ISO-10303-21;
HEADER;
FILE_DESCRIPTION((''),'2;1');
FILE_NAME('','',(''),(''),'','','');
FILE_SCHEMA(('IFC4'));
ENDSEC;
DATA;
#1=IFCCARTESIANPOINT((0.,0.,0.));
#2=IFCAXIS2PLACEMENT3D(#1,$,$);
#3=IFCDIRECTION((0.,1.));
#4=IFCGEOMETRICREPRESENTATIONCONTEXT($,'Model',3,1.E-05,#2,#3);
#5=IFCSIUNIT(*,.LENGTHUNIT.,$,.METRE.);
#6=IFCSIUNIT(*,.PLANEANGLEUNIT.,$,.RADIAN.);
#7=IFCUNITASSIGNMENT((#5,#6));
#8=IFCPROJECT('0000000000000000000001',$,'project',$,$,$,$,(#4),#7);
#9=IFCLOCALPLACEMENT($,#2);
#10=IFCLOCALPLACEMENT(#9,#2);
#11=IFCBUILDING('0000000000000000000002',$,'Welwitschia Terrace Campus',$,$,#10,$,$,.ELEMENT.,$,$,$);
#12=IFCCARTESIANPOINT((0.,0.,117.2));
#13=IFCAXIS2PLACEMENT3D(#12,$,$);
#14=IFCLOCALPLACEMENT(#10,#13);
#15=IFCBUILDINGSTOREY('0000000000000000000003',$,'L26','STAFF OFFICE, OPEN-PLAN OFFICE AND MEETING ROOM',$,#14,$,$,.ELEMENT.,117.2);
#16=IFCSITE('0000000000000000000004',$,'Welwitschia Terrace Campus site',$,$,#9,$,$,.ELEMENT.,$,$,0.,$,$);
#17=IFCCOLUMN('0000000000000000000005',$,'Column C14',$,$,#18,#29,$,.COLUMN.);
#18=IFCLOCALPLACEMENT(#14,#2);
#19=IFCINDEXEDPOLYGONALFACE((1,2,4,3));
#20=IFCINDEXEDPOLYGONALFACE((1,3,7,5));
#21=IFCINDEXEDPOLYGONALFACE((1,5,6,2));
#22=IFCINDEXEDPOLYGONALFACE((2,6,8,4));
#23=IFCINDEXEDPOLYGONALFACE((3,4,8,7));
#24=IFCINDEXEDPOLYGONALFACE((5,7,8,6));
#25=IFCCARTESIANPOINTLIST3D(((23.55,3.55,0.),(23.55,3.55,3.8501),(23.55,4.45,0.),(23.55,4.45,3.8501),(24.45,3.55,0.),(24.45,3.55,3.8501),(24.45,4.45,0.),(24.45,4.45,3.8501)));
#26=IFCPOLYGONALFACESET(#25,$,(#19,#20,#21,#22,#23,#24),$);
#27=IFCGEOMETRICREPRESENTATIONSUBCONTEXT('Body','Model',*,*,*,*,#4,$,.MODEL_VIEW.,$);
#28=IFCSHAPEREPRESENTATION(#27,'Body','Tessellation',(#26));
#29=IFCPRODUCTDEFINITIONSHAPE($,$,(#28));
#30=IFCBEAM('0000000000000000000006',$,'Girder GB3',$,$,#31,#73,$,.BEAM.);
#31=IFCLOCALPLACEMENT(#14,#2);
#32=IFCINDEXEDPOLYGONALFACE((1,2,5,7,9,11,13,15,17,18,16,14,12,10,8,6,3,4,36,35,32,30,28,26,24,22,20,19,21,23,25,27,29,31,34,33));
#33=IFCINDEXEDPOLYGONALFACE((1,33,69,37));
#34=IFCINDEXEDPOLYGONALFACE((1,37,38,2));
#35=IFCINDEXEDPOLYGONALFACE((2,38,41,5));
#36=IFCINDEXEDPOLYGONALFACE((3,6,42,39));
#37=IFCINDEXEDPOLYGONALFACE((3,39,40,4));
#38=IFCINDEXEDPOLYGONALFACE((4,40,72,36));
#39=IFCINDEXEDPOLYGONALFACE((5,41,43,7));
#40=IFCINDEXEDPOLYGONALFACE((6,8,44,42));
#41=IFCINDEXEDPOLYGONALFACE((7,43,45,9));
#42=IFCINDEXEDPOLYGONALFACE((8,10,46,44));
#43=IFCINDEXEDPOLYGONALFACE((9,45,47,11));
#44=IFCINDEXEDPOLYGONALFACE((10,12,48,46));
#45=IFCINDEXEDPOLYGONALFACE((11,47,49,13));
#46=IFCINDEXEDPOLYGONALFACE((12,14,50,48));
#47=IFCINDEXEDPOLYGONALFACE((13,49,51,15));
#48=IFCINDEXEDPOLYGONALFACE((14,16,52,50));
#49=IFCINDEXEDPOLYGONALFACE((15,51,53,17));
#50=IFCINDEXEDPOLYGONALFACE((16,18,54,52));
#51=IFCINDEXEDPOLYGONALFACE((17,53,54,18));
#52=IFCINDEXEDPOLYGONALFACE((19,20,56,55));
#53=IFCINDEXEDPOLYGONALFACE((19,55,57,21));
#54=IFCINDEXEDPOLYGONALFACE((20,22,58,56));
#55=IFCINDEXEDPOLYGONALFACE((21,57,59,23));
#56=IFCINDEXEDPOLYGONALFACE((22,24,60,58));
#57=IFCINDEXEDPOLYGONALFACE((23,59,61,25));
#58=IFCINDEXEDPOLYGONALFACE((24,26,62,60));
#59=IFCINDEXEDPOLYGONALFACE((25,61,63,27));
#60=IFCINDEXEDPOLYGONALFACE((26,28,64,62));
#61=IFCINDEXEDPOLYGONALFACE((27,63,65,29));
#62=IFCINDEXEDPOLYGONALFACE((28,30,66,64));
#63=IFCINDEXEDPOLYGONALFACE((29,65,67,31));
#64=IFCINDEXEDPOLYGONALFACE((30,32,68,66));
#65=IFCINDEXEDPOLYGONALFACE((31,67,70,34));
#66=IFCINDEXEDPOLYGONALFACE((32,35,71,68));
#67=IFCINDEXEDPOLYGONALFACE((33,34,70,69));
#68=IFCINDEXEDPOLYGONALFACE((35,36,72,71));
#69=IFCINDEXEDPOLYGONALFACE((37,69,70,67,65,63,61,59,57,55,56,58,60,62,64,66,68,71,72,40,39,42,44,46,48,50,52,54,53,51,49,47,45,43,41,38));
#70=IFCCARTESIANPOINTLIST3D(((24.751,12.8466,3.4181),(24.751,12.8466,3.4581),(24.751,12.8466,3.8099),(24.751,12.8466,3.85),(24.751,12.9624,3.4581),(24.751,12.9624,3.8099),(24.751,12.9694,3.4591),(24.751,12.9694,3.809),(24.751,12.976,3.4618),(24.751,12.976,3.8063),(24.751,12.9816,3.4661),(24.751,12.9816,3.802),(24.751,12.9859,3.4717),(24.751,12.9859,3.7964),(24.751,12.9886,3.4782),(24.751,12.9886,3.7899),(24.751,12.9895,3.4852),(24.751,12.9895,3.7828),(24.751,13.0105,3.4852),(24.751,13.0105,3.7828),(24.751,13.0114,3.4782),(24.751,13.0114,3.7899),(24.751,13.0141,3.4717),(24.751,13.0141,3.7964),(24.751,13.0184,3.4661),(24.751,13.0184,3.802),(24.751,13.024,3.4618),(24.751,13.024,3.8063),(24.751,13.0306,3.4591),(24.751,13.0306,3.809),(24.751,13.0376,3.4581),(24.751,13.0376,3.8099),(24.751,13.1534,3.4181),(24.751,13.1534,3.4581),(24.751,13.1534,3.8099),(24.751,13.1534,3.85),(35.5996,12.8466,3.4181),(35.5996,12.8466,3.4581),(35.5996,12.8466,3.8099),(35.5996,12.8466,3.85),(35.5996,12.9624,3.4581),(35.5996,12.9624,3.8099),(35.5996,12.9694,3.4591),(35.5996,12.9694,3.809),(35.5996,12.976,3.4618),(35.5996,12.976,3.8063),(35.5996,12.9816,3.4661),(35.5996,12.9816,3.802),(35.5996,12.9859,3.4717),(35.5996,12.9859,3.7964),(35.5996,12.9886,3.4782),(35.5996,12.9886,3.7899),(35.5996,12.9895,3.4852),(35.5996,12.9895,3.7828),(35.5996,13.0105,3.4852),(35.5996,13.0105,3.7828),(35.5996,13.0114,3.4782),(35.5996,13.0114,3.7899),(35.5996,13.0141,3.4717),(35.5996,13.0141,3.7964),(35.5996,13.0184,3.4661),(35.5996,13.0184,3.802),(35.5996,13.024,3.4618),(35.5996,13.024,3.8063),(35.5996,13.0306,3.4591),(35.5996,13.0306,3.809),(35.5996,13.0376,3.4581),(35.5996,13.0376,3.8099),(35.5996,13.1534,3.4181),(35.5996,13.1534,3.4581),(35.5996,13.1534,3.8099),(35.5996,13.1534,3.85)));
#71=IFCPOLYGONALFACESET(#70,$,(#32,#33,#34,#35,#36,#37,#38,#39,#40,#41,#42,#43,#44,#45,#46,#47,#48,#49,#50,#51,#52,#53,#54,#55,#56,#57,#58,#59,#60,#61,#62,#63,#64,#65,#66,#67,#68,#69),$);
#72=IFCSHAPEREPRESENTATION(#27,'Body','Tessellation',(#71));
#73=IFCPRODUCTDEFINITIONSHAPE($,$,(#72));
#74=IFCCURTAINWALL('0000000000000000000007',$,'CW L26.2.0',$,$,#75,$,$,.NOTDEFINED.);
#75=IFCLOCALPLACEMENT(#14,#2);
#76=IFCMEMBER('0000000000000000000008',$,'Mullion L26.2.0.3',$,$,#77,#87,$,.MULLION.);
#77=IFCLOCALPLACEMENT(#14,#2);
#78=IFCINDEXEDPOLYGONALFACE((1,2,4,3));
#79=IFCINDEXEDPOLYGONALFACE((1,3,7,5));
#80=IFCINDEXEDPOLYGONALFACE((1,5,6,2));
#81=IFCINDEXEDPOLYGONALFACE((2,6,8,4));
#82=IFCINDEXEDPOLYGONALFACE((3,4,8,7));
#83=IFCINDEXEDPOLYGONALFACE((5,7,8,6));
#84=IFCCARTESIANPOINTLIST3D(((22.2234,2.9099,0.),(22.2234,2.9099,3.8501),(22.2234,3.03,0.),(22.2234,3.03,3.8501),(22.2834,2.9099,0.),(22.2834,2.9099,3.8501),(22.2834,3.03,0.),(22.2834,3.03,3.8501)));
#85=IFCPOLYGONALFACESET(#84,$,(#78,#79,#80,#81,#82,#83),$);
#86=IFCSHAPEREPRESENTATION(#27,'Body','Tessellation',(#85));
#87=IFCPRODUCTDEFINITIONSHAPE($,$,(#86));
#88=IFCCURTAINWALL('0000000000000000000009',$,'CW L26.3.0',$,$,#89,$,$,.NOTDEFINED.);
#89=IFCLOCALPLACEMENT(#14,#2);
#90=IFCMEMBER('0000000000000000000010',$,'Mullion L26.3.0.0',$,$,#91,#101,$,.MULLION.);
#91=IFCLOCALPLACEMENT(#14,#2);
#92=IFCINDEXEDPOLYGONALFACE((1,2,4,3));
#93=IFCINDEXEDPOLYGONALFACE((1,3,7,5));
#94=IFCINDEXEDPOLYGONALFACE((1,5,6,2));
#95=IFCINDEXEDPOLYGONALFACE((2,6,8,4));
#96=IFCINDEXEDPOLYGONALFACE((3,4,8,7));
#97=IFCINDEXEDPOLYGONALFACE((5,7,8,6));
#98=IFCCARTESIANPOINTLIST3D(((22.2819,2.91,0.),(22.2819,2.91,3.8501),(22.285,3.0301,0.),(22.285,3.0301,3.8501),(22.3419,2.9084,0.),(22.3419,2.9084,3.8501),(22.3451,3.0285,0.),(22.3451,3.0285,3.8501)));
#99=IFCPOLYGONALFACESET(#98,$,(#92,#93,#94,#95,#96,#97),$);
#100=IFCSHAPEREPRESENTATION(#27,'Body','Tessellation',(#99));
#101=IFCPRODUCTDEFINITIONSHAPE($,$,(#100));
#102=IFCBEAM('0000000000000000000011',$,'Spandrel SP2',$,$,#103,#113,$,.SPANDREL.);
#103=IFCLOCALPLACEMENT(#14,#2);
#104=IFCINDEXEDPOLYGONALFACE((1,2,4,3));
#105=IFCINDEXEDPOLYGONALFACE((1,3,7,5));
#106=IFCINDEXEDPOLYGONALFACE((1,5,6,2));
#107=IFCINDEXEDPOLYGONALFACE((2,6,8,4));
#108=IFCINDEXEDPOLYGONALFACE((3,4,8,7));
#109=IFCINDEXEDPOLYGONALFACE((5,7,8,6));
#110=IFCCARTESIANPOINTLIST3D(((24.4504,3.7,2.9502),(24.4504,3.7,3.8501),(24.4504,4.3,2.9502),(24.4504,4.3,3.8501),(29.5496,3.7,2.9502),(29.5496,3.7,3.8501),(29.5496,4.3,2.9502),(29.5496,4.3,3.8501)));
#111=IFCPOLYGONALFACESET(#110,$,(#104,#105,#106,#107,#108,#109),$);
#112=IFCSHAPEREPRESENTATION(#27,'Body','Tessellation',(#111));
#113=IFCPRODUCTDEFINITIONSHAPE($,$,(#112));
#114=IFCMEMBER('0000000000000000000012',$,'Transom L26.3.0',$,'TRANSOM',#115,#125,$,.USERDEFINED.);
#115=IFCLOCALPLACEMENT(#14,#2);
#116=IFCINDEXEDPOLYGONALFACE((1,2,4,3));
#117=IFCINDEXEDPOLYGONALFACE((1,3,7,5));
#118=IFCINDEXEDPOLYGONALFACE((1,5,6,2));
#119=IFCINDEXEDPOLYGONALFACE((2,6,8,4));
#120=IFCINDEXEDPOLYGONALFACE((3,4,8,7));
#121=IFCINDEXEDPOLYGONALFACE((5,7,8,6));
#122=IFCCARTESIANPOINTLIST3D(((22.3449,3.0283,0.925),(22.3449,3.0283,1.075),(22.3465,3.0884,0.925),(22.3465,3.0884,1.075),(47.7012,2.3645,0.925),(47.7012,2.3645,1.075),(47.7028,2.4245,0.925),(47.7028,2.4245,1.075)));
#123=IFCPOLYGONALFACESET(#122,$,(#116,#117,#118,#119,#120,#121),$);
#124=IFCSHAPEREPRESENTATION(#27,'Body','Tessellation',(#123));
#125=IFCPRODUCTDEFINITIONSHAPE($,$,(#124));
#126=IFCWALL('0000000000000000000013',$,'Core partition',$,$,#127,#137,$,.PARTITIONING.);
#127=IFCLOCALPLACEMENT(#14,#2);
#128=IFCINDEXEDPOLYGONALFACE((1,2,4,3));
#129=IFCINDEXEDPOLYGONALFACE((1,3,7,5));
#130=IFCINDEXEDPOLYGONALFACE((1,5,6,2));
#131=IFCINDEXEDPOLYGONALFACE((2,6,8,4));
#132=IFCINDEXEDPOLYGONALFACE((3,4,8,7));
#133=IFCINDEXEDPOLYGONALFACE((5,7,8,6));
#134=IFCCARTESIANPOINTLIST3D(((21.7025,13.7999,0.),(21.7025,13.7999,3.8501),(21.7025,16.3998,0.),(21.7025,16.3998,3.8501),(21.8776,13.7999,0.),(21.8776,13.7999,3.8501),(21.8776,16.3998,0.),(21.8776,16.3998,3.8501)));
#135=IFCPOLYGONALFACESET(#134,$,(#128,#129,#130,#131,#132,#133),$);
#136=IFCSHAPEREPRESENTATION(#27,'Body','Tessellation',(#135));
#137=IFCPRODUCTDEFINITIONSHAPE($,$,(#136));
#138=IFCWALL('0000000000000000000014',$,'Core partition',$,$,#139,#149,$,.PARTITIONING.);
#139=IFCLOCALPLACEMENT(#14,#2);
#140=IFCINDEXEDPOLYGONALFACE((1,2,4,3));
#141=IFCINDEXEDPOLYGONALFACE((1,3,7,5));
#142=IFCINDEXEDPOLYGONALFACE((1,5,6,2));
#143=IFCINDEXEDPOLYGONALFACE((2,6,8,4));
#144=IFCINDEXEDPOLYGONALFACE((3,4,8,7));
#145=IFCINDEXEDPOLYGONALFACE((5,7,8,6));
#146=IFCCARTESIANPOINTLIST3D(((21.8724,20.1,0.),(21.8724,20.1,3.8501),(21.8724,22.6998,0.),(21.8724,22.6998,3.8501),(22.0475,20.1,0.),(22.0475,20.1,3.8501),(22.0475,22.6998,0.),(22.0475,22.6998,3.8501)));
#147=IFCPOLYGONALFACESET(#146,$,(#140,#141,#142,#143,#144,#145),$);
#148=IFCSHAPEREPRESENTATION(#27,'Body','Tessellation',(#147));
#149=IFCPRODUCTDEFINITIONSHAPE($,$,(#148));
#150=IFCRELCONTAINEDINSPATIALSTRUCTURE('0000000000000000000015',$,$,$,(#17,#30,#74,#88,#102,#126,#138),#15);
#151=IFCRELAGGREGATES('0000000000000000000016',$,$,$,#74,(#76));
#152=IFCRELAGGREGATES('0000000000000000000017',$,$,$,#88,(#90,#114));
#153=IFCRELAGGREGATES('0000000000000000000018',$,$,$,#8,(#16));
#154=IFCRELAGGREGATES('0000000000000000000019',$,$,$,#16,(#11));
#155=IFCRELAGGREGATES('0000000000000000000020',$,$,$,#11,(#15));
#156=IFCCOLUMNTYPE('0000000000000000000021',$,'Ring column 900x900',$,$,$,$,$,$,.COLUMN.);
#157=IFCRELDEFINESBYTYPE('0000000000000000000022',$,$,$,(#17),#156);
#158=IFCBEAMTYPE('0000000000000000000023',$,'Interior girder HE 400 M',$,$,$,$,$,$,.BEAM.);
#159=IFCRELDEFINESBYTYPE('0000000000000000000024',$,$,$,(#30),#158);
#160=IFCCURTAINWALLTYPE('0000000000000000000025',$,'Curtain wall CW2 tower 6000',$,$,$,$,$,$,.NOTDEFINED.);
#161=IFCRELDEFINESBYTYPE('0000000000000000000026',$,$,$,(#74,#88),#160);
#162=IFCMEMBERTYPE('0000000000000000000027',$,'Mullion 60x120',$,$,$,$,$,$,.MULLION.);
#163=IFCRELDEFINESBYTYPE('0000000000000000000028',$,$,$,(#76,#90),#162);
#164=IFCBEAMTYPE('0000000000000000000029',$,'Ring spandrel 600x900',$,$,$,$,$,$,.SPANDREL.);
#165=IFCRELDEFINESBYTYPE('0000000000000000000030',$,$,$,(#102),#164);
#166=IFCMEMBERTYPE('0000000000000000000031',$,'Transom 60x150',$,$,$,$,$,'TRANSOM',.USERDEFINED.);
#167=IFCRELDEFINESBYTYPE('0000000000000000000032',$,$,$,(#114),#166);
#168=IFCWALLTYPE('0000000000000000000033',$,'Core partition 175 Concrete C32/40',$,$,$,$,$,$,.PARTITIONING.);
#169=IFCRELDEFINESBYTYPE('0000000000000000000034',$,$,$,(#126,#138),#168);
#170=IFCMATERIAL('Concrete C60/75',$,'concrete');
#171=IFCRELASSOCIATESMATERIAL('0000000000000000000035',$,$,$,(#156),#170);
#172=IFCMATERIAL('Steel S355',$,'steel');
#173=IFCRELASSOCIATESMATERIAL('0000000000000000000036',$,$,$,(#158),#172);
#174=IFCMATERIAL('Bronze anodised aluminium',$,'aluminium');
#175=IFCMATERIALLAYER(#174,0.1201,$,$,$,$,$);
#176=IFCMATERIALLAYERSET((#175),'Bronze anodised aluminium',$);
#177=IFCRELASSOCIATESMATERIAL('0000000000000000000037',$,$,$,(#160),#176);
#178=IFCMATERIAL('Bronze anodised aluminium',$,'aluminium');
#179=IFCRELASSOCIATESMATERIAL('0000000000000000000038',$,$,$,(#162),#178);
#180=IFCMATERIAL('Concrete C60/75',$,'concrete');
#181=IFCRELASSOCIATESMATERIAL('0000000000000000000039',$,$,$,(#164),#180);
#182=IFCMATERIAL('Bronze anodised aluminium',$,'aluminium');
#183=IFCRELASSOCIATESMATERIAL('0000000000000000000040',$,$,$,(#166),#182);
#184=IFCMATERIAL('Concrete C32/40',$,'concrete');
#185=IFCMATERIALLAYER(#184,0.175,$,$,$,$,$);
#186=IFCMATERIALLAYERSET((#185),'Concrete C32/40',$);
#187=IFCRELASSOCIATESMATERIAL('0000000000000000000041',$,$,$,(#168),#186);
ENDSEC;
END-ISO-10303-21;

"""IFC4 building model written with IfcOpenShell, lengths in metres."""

from ifc_helpers import new_model, si_unit, direction, frame, frame_2d, origin, origin_2d, place, context, subcontext, project, spatial, rectangle, i_section, extrude, material, layer, layer_set, material_profile, profile_set, type_object, element, aggregate, save


model = new_model("IFC4")

# Units and contexts
model_context = context("Model", 3, precision=1e-05, world=origin(), true_north=direction((0.0, 1.0)))
body_context = subcontext(model_context, "Body", "Model", "MODEL_VIEW")
ifc_project = project(units=[si_unit("LENGTHUNIT", "METRE"), si_unit("PLANEANGLEUNIT", "RADIAN")], contexts=[model_context])

# Site, building, storey
site_placement = place(None, origin())
site = spatial("IfcSite", under=ifc_project, at=site_placement, Name="Welwitschia Terrace Campus site", CompositionType="ELEMENT", RefElevation=0.0)
building_placement = place(site_placement, origin())
building = spatial("IfcBuilding", under=site, at=building_placement, Name="Welwitschia Terrace Campus", CompositionType="ELEMENT")
storey_placement = place(building_placement, frame((0.0, 0.0, 117.2)))
storey = spatial("IfcBuildingStorey", under=building, at=storey_placement, Name="L26", Description="STAFF OFFICE, OPEN-PLAN OFFICE AND MEETING ROOM", CompositionType="ELEMENT", Elevation=117.2)

# Column
ifc_material_1 = material(Name="Concrete C60/75", Category="concrete")
ifc_material_profile_1 = material_profile(ifc_material_1, rectangle(XDim=0.8999, YDim=0.8999, at=origin_2d()))
ifc_profile_set_1 = profile_set([ifc_material_profile_1], Name="Concrete C60/75")
column_type = type_object("IfcColumnType", Name="Ring column 900x900", PredefinedType="COLUMN", material=ifc_profile_set_1)
column_placement = place(storey_placement, frame((24.0, 4.0, 0.0), z_axis=(0.0, 0.0, 1.0), x_axis=(1.0, 0.0, 0.0)))
element("IfcColumn", 1, at=column_placement, inside=storey, type_object=column_type, Name="Column C14", PredefinedType="COLUMN", context=body_context, shape_type="SweptSolid", body=[
    extrude(rectangle(XDim=0.8999, YDim=0.8999, at=origin_2d()), origin(), (0.0, 0.0, 1.0), 3.8501),
])

# Beam
ifc_material_2 = material(Name="Steel S355", Category="steel")
ifc_material_profile_2 = material_profile(ifc_material_2, i_section(OverallWidth=0.3069, OverallDepth=0.4319, WebThickness=0.021, FlangeThickness=0.04, FilletRadius=0.0271, at=origin_2d()))
ifc_profile_set_2 = profile_set([ifc_material_profile_2], Name="Steel S355")
beam_type_1 = type_object("IfcBeamType", Name="Interior girder HE 400 M", PredefinedType="BEAM", material=ifc_profile_set_2)
beam_1_placement = place(storey_placement, frame((24.751, 13.0, 3.634), z_axis=(1.0, 0.0, 0.0), x_axis=(0.0, 1.0, 0.0)))
element("IfcBeam", 2, at=beam_1_placement, inside=storey, type_object=beam_type_1, Name="Girder GB3", PredefinedType="BEAM", context=body_context, shape_type="SweptSolid", body=[
    extrude(i_section(OverallWidth=0.3069, OverallDepth=0.4319, WebThickness=0.021, FlangeThickness=0.04, FilletRadius=0.0271, at=origin_2d()), origin(), (0.0, 0.0, 1.0), 10.8486),
])

# Curtain walls, members
ifc_material_3 = material(Name="Bronze anodised aluminium", Category="aluminium")
ifc_layer_1 = layer(ifc_material_3, 0.1201)
ifc_layer_set_1 = layer_set([ifc_layer_1], Name="Bronze anodised aluminium")
curtain_wall_type = type_object("IfcCurtainWallType", Name="Curtain wall CW2 tower 6000", PredefinedType="NOTDEFINED", material=ifc_layer_set_1)
curtain_wall_1_placement = place(storey_placement, origin())
curtain_wall_1 = element("IfcCurtainWall", 3, at=curtain_wall_1_placement, inside=storey, type_object=curtain_wall_type, Name="CW L26.2.0", PredefinedType="NOTDEFINED")
ifc_material_4 = material(Name="Bronze anodised aluminium", Category="aluminium")
ifc_material_profile_3 = material_profile(ifc_material_4, rectangle(XDim=0.1201, YDim=0.0601, at=origin_2d()))
ifc_profile_set_3 = profile_set([ifc_material_profile_3], Name="Bronze anodised aluminium")
member_type_1 = type_object("IfcMemberType", Name="Mullion 60x120", PredefinedType="MULLION", material=ifc_profile_set_3)
member_1_placement = place(storey_placement, frame((22.2534, 2.97, 0.0), z_axis=(0.0, 0.0, 1.0), x_axis=(0.0, 1.0, 0.0)))
member_1 = element("IfcMember", 4, at=member_1_placement, type_object=member_type_1, Name="Mullion L26.2.0.3", PredefinedType="MULLION", context=body_context, shape_type="SweptSolid", body=[
    extrude(rectangle(XDim=0.1201, YDim=0.0601, at=origin_2d()), origin(), (0.0, 0.0, 1.0), 3.8501),
])
aggregate(curtain_wall_1, [member_1])
curtain_wall_2_placement = place(storey_placement, origin())
curtain_wall_2 = element("IfcCurtainWall", 5, at=curtain_wall_2_placement, inside=storey, type_object=curtain_wall_type, Name="CW L26.3.0", PredefinedType="NOTDEFINED")
member_2_placement = place(storey_placement, frame((22.3135, 2.9692, 0.0), z_axis=(0.0, 0.0, 1.0), x_axis=(0.026177, 0.999657, 0.0)))
member_2 = element("IfcMember", 6, at=member_2_placement, type_object=member_type_1, Name="Mullion L26.3.0.0", PredefinedType="MULLION", context=body_context, shape_type="SweptSolid", body=[
    extrude(rectangle(XDim=0.1201, YDim=0.0601, at=origin_2d()), origin(), (0.0, 0.0, 1.0), 3.8501),
])

# Beam
ifc_material_5 = material(Name="Concrete C60/75", Category="concrete")
ifc_material_profile_4 = material_profile(ifc_material_5, rectangle(XDim=0.6001, YDim=0.8999, at=origin_2d()))
ifc_profile_set_4 = profile_set([ifc_material_profile_4], Name="Concrete C60/75")
beam_type_2 = type_object("IfcBeamType", Name="Ring spandrel 600x900", PredefinedType="SPANDREL", material=ifc_profile_set_4)
beam_2_placement = place(storey_placement, frame((24.4504, 4.0, 3.4001), z_axis=(1.0, 0.0, 0.0), x_axis=(0.0, 1.0, 0.0)))
element("IfcBeam", 7, at=beam_2_placement, inside=storey, type_object=beam_type_2, Name="Spandrel SP2", PredefinedType="SPANDREL", context=body_context, shape_type="SweptSolid", body=[
    extrude(rectangle(XDim=0.6001, YDim=0.8999, at=origin_2d()), origin(), (0.0, 0.0, 1.0), 5.0991),
])

# Member
ifc_material_6 = material(Name="Bronze anodised aluminium", Category="aluminium")
ifc_material_profile_5 = material_profile(ifc_material_6, rectangle(XDim=0.0601, YDim=0.1499, at=origin_2d()))
ifc_profile_set_5 = profile_set([ifc_material_profile_5], Name="Bronze anodised aluminium")
member_type_2 = type_object("IfcMemberType", Name="Transom 60x150", ElementType="TRANSOM", PredefinedType="USERDEFINED", material=ifc_profile_set_5)
member_3_placement = place(storey_placement, frame((22.3457, 3.0583, 1.0), z_axis=(0.999657, -0.026171, 0.0), x_axis=(0.026171, 0.999657, 0.0)))
member_3 = element("IfcMember", 8, at=member_3_placement, type_object=member_type_2, Name="Transom L26.3.0", ObjectType="TRANSOM", PredefinedType="USERDEFINED", context=body_context, shape_type="SweptSolid", body=[
    extrude(rectangle(XDim=0.0601, YDim=0.1499, at=origin_2d()), origin(), (0.0, 0.0, 1.0), 25.365),
])
aggregate(curtain_wall_2, [member_2, member_3])

# Walls
ifc_material_7 = material(Name="Concrete C32/40", Category="concrete")
ifc_layer_2 = layer(ifc_material_7, 0.175)
ifc_layer_set_2 = layer_set([ifc_layer_2], Name="Concrete C32/40")
wall_type_1 = type_object("IfcWallType", Name="Core partition 175 Concrete C32/40", PredefinedType="PARTITIONING", material=ifc_layer_set_2)
for number, where, z_axis, x_axis, name in (
    (9, (21.79, 13.8, 0.0), (0.0, 0.0, 1.0), (0.0, 1.0, 0.0), "Core partition"),
    (10, (21.96, 20.1001, 0.0), (0.0, 0.0, 1.0), (0.0, 1.0, 0.0), "Core partition"),
):
    element("IfcWall", number, at=place(storey_placement, frame(where, z_axis=z_axis, x_axis=x_axis)), inside=storey, type_object=wall_type_1, Name=name, PredefinedType="PARTITIONING", context=body_context, shape_type="SweptSolid", body=[
        extrude(rectangle(XDim=2.5999, YDim=0.175, at=frame_2d((1.2998, 0.0))), origin(), (0.0, 0.0, 1.0), 3.8501),
    ])

save(model, "model.ifc")
